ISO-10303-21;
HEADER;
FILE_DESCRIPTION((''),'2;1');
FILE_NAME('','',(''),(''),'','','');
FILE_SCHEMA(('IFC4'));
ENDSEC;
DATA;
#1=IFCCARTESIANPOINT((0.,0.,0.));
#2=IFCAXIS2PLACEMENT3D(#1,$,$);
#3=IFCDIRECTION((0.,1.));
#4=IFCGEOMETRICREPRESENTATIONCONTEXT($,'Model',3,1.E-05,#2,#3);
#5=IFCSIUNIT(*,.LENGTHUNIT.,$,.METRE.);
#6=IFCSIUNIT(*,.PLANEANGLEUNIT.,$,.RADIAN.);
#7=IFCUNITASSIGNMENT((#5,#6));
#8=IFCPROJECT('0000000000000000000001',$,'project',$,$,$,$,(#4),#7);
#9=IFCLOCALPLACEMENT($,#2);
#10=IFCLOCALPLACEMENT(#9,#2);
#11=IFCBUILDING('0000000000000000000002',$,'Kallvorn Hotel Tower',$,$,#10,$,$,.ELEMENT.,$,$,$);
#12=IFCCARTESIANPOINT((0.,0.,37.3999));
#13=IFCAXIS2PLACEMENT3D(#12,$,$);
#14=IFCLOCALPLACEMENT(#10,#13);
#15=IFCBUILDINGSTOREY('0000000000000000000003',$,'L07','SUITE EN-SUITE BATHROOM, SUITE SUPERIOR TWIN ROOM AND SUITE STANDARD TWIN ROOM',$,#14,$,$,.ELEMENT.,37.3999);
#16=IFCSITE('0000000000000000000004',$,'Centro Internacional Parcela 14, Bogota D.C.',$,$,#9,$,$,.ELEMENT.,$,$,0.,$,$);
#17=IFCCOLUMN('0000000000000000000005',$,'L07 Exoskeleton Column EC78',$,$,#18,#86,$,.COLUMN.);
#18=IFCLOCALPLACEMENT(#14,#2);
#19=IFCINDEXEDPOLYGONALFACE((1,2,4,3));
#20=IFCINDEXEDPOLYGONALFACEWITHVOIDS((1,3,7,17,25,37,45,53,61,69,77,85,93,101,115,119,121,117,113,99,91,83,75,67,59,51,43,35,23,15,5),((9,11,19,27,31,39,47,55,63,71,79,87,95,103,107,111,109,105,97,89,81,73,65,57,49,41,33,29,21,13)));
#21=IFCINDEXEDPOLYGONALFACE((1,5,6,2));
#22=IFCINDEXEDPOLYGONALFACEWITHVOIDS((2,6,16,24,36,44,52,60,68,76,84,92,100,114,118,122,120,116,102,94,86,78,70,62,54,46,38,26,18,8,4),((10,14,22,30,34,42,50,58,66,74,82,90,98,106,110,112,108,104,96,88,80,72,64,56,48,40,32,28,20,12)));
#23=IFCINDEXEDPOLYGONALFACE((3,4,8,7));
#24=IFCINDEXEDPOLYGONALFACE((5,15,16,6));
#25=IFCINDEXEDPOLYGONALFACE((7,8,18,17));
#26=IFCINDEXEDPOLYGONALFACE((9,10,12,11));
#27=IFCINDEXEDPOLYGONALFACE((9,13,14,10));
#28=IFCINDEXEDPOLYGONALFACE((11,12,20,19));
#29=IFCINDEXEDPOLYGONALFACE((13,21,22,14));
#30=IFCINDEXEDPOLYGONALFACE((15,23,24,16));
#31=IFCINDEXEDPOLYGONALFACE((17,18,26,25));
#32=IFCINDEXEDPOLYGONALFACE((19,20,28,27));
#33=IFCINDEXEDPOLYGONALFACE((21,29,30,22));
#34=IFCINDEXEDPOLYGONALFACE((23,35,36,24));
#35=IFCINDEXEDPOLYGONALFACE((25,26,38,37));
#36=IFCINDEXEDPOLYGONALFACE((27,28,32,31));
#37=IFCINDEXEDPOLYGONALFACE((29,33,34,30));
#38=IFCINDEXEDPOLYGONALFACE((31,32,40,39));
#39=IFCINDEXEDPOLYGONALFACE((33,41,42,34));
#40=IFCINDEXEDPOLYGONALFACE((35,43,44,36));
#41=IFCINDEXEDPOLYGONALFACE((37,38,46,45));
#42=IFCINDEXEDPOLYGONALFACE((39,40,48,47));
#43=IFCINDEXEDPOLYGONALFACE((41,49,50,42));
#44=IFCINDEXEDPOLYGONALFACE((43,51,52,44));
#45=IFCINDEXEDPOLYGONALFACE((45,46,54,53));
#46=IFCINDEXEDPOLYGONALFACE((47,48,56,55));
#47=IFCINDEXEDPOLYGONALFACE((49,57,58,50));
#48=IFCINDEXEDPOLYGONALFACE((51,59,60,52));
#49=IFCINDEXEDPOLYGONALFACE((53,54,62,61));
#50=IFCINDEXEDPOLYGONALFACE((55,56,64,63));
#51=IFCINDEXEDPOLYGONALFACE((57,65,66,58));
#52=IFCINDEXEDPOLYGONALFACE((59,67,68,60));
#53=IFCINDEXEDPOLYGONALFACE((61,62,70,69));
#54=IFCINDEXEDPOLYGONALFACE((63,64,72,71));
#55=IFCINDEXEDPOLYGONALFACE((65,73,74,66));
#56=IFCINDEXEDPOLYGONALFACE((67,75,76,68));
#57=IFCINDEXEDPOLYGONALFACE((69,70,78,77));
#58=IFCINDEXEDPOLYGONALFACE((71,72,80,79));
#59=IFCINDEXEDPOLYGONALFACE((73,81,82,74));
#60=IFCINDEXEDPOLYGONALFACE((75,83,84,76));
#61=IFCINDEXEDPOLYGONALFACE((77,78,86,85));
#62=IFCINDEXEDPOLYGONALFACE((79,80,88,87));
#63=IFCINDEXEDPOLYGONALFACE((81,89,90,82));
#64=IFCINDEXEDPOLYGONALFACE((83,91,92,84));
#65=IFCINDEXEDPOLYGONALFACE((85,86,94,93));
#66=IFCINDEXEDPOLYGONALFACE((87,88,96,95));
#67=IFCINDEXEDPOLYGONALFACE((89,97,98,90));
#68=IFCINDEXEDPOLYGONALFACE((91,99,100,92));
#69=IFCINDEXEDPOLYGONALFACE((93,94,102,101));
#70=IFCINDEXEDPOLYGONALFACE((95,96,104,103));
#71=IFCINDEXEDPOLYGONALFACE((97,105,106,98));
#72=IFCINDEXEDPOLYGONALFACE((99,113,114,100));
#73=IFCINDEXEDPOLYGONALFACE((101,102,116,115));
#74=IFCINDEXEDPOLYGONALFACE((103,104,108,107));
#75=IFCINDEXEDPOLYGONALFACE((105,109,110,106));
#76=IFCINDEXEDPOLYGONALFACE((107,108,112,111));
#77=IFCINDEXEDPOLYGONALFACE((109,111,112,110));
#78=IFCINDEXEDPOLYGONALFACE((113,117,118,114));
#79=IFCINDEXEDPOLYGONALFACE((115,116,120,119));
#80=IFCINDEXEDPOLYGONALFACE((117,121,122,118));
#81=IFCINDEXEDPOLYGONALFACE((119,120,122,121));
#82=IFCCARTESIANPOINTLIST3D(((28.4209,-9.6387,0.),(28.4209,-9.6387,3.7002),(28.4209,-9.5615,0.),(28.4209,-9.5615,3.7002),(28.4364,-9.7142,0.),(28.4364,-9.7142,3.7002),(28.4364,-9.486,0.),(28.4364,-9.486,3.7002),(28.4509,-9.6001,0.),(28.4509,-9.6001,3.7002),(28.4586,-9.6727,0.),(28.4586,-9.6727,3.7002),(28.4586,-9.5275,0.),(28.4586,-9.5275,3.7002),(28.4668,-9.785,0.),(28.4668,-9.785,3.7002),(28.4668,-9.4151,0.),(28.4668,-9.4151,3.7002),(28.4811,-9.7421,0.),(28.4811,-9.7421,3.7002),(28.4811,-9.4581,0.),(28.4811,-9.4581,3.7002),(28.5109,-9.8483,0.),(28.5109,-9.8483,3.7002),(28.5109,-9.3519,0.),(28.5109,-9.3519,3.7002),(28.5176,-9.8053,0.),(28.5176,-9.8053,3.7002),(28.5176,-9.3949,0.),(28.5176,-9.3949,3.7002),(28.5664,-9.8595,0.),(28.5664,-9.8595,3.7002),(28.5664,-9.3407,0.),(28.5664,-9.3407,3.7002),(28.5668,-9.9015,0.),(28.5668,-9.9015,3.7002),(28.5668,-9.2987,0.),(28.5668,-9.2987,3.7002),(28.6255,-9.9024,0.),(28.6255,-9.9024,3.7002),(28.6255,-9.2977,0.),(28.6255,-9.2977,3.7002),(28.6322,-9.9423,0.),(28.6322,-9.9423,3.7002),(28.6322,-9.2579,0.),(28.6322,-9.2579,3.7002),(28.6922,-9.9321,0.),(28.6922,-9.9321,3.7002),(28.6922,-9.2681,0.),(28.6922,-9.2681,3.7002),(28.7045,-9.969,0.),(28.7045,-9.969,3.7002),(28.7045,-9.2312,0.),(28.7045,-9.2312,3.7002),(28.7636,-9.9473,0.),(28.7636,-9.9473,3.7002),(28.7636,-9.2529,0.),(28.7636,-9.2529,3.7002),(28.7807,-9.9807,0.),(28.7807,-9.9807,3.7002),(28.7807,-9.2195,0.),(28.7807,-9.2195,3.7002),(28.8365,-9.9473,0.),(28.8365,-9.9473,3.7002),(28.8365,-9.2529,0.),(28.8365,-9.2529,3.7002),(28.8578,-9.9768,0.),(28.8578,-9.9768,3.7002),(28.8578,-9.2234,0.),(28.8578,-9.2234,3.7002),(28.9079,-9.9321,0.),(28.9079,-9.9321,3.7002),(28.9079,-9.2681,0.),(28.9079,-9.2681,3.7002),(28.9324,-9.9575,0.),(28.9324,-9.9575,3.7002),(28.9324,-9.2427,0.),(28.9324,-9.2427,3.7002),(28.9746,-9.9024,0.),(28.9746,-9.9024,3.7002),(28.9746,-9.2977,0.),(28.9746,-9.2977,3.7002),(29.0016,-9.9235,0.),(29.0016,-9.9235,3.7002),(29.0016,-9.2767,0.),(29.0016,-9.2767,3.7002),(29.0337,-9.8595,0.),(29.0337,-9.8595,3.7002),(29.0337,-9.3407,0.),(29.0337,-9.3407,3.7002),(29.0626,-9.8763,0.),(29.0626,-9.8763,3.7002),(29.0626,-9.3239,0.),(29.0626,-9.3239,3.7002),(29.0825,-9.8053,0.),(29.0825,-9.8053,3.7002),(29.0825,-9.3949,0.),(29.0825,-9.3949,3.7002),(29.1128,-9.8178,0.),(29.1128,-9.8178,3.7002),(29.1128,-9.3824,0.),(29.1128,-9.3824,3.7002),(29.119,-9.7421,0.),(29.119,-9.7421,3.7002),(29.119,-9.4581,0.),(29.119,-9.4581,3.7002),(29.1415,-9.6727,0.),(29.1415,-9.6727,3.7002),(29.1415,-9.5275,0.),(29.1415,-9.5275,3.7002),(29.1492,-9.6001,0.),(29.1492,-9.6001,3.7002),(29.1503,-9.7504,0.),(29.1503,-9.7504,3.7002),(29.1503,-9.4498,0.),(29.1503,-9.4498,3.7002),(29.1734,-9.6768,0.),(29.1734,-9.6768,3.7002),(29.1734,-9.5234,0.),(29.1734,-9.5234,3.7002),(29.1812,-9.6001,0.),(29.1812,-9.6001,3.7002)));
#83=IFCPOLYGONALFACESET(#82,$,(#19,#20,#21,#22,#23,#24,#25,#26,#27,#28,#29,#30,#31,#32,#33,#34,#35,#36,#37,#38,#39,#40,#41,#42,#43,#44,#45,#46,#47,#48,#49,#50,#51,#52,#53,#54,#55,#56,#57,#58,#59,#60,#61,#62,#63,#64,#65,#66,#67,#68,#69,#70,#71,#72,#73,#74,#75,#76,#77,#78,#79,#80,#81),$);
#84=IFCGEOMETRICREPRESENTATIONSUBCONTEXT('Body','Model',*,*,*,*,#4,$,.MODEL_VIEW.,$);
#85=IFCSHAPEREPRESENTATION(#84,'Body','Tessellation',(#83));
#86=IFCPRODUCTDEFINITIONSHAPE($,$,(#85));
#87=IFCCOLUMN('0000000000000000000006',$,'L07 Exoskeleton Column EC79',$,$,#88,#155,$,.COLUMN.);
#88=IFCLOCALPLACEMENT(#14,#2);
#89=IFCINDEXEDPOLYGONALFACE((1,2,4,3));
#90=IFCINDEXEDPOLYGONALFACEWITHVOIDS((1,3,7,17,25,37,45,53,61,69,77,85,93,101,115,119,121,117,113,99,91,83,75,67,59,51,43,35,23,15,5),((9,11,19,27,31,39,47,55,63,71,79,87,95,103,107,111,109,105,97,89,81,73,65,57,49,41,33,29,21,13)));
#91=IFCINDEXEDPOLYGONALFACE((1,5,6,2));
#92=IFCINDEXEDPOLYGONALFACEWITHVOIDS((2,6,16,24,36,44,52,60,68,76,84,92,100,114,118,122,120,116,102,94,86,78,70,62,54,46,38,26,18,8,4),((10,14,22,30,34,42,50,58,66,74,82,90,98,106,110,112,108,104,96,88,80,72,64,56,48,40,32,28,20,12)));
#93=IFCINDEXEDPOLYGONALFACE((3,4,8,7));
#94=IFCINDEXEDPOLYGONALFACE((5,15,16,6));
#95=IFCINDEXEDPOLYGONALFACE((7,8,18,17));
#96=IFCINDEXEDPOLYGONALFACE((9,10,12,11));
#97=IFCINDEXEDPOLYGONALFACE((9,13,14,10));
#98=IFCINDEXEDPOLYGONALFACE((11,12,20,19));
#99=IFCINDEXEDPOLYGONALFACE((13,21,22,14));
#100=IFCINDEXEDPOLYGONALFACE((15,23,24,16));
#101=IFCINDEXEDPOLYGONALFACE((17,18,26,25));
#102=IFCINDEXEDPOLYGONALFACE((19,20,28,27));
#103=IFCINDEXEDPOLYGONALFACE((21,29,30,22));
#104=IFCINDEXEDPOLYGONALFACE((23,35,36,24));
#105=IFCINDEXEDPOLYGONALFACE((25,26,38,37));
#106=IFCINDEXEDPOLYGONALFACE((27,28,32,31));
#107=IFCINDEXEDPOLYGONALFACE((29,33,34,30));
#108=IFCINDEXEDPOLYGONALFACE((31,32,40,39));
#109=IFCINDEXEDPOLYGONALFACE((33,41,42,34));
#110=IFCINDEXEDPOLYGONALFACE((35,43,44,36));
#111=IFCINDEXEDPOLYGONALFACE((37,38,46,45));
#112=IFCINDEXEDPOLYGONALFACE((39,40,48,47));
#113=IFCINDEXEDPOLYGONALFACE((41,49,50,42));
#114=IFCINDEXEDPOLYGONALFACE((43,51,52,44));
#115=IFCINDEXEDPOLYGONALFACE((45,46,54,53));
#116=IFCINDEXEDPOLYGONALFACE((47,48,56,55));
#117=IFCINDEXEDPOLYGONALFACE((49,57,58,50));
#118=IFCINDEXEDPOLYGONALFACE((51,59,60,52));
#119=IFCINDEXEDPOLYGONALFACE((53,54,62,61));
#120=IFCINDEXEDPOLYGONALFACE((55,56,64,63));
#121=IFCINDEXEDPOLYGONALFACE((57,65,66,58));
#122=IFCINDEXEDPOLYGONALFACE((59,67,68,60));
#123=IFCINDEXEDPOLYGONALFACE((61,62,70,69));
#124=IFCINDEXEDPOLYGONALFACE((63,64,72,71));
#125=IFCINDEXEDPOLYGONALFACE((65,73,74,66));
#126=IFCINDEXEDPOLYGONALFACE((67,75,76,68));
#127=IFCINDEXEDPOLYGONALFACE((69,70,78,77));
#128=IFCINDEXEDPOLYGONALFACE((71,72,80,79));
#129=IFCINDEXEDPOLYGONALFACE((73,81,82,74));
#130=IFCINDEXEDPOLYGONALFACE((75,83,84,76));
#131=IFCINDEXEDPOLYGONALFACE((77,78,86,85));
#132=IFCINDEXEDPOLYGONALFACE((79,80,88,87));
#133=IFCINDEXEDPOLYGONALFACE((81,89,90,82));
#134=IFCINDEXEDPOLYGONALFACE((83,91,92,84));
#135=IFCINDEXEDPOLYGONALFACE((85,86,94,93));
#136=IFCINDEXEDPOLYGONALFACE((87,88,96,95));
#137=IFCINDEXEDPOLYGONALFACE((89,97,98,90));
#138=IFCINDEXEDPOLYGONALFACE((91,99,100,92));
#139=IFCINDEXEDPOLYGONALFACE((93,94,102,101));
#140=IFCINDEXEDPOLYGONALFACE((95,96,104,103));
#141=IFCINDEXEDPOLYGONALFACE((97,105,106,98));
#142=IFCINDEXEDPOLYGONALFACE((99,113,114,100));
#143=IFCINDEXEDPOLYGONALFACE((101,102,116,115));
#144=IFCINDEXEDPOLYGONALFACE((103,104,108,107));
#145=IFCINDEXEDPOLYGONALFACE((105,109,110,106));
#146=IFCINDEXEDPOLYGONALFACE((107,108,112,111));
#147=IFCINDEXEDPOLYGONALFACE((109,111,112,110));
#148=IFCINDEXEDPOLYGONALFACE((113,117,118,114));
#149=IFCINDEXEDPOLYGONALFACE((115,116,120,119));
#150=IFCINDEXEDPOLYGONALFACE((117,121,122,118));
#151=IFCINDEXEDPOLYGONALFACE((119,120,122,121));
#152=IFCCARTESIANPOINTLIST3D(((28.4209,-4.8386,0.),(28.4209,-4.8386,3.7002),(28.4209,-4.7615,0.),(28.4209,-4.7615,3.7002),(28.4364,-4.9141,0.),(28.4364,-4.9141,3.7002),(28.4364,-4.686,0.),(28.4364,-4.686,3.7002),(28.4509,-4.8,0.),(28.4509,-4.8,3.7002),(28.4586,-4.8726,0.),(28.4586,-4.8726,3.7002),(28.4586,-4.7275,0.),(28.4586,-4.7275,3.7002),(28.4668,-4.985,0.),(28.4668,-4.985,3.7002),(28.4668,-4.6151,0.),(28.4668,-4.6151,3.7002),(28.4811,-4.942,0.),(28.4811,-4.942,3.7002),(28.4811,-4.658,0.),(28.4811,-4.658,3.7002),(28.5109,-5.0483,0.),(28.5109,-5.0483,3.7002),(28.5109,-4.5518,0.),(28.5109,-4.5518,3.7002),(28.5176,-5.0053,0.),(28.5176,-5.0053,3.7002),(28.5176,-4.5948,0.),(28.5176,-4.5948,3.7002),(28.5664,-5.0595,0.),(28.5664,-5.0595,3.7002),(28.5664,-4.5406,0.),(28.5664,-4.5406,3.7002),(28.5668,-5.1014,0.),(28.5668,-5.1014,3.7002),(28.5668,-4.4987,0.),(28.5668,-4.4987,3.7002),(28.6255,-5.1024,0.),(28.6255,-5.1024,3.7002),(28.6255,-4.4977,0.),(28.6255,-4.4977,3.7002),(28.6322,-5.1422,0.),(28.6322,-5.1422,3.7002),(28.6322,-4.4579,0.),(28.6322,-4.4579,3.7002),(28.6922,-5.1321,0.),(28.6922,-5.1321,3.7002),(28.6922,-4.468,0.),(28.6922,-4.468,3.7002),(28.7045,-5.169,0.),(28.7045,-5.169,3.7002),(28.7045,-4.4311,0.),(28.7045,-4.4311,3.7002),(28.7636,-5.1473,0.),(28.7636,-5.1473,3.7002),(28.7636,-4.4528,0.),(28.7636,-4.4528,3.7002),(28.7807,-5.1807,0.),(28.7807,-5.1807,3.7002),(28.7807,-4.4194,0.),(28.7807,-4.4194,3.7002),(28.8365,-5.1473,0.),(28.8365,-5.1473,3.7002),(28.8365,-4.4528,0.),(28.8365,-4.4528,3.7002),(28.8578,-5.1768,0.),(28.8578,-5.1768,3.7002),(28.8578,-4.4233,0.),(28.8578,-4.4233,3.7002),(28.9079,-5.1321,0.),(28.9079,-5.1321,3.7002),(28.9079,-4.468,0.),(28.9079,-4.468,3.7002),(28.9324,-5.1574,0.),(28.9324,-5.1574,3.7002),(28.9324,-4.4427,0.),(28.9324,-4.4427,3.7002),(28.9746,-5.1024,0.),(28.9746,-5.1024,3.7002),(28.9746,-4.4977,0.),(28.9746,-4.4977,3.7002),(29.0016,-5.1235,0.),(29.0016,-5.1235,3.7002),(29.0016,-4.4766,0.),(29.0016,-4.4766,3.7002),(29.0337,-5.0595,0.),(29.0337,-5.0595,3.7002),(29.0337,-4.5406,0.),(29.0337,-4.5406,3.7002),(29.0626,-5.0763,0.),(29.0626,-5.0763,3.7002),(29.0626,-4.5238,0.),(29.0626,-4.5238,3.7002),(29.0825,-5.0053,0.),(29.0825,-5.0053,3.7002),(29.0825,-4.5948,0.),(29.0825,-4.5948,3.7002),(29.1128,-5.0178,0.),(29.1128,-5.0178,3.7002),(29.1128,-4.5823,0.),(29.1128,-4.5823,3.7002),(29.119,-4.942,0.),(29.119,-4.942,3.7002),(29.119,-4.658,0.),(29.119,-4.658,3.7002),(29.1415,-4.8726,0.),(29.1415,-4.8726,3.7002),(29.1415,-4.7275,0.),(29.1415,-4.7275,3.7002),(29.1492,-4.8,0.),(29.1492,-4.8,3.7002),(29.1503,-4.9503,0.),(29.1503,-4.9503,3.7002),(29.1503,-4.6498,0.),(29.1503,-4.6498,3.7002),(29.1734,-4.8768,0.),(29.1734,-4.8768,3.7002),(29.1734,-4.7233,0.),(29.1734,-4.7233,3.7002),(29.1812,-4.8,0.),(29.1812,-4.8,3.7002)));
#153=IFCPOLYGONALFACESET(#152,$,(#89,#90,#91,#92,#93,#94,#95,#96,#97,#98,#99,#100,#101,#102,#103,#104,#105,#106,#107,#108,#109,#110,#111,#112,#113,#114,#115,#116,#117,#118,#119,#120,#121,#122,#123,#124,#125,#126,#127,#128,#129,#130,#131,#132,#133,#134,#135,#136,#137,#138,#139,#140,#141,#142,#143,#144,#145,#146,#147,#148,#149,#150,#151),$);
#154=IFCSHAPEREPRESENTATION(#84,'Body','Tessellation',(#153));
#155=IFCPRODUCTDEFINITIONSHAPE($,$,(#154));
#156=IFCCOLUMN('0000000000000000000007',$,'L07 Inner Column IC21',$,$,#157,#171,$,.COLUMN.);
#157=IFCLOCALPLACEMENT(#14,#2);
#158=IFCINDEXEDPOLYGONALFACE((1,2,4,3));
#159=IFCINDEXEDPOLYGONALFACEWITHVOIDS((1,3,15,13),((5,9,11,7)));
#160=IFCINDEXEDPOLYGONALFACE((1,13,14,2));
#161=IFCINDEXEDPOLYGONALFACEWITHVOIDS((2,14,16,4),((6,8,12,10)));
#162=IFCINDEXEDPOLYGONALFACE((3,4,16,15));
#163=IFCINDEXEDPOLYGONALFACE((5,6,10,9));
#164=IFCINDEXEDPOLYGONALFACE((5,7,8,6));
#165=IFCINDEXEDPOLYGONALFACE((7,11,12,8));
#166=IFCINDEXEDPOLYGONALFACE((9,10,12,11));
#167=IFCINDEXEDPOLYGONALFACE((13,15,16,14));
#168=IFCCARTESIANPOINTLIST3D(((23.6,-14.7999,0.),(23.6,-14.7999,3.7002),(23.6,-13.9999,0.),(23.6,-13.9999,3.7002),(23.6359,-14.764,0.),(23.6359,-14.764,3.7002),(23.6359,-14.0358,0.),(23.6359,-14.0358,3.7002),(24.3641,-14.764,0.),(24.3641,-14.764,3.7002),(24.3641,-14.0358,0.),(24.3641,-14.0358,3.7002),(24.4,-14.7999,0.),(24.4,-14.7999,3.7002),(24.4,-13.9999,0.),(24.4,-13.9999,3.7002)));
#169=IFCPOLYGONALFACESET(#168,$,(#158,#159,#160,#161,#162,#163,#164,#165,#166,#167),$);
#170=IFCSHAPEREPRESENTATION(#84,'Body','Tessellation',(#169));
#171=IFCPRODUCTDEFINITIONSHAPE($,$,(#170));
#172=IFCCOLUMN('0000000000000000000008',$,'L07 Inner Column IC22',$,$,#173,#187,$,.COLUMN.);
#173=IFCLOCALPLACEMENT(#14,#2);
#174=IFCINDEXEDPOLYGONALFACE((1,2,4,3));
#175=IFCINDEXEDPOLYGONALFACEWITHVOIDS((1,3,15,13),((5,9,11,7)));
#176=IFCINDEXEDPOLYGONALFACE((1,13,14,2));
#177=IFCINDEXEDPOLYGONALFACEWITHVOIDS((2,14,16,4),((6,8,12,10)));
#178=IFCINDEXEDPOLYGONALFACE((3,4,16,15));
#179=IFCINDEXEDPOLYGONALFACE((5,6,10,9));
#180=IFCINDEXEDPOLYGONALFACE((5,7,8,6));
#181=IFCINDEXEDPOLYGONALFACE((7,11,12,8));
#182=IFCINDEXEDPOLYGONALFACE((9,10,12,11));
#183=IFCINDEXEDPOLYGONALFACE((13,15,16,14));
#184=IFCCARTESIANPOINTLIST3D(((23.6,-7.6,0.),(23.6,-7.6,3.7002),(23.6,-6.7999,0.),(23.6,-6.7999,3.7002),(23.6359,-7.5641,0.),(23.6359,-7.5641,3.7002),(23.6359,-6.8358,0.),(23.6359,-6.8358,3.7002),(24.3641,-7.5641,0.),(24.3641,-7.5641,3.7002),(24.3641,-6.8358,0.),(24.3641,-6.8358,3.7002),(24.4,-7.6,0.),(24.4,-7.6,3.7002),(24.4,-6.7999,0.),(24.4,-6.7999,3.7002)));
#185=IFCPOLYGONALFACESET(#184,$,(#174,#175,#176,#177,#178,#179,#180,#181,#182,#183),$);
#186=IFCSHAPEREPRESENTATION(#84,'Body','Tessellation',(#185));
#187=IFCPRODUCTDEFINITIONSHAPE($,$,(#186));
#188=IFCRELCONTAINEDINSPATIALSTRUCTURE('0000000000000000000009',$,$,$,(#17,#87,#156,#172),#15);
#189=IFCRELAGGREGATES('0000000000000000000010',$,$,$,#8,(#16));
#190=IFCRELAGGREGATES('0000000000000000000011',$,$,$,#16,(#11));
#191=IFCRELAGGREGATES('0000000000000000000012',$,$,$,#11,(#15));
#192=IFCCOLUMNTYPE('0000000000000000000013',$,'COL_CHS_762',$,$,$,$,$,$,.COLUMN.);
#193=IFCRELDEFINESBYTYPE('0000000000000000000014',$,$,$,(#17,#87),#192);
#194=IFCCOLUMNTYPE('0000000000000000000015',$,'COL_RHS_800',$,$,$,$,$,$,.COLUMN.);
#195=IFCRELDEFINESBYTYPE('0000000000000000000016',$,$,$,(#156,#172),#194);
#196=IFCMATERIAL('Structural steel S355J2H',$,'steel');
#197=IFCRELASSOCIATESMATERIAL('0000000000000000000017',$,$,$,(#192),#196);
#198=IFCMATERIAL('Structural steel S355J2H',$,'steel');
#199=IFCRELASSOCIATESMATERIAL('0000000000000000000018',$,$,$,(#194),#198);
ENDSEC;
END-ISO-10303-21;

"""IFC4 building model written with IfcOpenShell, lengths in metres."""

from ifc_helpers import new_model, si_unit, direction, frame, origin, origin_2d, place, context, subcontext, project, spatial, hollow_rectangle, hollow_circle, extrude, material, material_profile, profile_set, type_object, element, save


model = new_model("IFC4")

# Units and contexts
model_context = context("Model", 3, precision=1e-05, world=origin(), true_north=direction((0.0, 1.0)))
body_context = subcontext(model_context, "Body", "Model", "MODEL_VIEW")
ifc_project = project(units=[si_unit("LENGTHUNIT", "METRE"), si_unit("PLANEANGLEUNIT", "RADIAN")], contexts=[model_context])

# Site, building, storey
site_placement = place(None, origin())
site = spatial("IfcSite", under=ifc_project, at=site_placement, Name="Centro Internacional Parcela 14, Bogota D.C.", CompositionType="ELEMENT", RefElevation=0.0)
building_placement = place(site_placement, origin())
building = spatial("IfcBuilding", under=site, at=building_placement, Name="Kallvorn Hotel Tower", CompositionType="ELEMENT")
storey_placement = place(building_placement, frame((0.0, 0.0, 37.3999)))
storey = spatial("IfcBuildingStorey", under=building, at=storey_placement, Name="L07", Description="SUITE EN-SUITE BATHROOM, SUITE SUPERIOR TWIN ROOM AND SUITE STANDARD TWIN ROOM", CompositionType="ELEMENT", Elevation=37.3999)

# Columns
ifc_material_1 = material(Name="Structural steel S355J2H", Category="steel")
ifc_material_profile_1 = material_profile(ifc_material_1, hollow_circle(Radius=0.3811, WallThickness=0.032, at=origin_2d()), Name="CHS 762x32")
ifc_profile_set_1 = profile_set([ifc_material_profile_1], Name="Structural steel S355J2H")
column_type_1 = type_object("IfcColumnType", Name="COL_CHS_762", PredefinedType="COLUMN", material=ifc_profile_set_1)
for number, where, z_axis, x_axis, name in (
    (1, (28.8, -9.6001, 0.0), (0.0, 0.0, 1.0), (1.0, 0.0, 0.0), "L07 Exoskeleton Column EC78"),
    (2, (28.8, -4.8, 0.0), (0.0, 0.0, 1.0), (1.0, 0.0, 0.0), "L07 Exoskeleton Column EC79"),
):
    element("IfcColumn", number, at=place(storey_placement, frame(where, z_axis=z_axis, x_axis=x_axis)), inside=storey, type_object=column_type_1, Name=name, PredefinedType="COLUMN", context=body_context, shape_type="SweptSolid", body=[
        extrude(hollow_circle(Radius=0.3811, WallThickness=0.032, at=origin_2d()), origin(), (0.0, 0.0, 1.0), 3.7002),
    ])
ifc_material_2 = material(Name="Structural steel S355J2H", Category="steel")
ifc_material_profile_2 = material_profile(ifc_material_2, hollow_rectangle(XDim=0.8, YDim=0.8, WallThickness=0.0359, at=origin_2d()), Name="RHS 800x800x36")
ifc_profile_set_2 = profile_set([ifc_material_profile_2], Name="Structural steel S355J2H")
column_type_2 = type_object("IfcColumnType", Name="COL_RHS_800", PredefinedType="COLUMN", material=ifc_profile_set_2)
for number, where, z_axis, x_axis, name in (
    (3, (24.0, -14.3999, 0.0), (0.0, 0.0, 1.0), (1.0, 0.0, 0.0), "L07 Inner Column IC21"),
    (4, (24.0, -7.2, 0.0), (0.0, 0.0, 1.0), (1.0, 0.0, 0.0), "L07 Inner Column IC22"),
):
    element("IfcColumn", number, at=place(storey_placement, frame(where, z_axis=z_axis, x_axis=x_axis)), inside=storey, type_object=column_type_2, Name=name, PredefinedType="COLUMN", context=body_context, shape_type="SweptSolid", body=[
        extrude(hollow_rectangle(XDim=0.8, YDim=0.8, WallThickness=0.0359, at=origin_2d()), origin(), (0.0, 0.0, 1.0), 3.7002),
    ])

save(model, "model.ifc")
